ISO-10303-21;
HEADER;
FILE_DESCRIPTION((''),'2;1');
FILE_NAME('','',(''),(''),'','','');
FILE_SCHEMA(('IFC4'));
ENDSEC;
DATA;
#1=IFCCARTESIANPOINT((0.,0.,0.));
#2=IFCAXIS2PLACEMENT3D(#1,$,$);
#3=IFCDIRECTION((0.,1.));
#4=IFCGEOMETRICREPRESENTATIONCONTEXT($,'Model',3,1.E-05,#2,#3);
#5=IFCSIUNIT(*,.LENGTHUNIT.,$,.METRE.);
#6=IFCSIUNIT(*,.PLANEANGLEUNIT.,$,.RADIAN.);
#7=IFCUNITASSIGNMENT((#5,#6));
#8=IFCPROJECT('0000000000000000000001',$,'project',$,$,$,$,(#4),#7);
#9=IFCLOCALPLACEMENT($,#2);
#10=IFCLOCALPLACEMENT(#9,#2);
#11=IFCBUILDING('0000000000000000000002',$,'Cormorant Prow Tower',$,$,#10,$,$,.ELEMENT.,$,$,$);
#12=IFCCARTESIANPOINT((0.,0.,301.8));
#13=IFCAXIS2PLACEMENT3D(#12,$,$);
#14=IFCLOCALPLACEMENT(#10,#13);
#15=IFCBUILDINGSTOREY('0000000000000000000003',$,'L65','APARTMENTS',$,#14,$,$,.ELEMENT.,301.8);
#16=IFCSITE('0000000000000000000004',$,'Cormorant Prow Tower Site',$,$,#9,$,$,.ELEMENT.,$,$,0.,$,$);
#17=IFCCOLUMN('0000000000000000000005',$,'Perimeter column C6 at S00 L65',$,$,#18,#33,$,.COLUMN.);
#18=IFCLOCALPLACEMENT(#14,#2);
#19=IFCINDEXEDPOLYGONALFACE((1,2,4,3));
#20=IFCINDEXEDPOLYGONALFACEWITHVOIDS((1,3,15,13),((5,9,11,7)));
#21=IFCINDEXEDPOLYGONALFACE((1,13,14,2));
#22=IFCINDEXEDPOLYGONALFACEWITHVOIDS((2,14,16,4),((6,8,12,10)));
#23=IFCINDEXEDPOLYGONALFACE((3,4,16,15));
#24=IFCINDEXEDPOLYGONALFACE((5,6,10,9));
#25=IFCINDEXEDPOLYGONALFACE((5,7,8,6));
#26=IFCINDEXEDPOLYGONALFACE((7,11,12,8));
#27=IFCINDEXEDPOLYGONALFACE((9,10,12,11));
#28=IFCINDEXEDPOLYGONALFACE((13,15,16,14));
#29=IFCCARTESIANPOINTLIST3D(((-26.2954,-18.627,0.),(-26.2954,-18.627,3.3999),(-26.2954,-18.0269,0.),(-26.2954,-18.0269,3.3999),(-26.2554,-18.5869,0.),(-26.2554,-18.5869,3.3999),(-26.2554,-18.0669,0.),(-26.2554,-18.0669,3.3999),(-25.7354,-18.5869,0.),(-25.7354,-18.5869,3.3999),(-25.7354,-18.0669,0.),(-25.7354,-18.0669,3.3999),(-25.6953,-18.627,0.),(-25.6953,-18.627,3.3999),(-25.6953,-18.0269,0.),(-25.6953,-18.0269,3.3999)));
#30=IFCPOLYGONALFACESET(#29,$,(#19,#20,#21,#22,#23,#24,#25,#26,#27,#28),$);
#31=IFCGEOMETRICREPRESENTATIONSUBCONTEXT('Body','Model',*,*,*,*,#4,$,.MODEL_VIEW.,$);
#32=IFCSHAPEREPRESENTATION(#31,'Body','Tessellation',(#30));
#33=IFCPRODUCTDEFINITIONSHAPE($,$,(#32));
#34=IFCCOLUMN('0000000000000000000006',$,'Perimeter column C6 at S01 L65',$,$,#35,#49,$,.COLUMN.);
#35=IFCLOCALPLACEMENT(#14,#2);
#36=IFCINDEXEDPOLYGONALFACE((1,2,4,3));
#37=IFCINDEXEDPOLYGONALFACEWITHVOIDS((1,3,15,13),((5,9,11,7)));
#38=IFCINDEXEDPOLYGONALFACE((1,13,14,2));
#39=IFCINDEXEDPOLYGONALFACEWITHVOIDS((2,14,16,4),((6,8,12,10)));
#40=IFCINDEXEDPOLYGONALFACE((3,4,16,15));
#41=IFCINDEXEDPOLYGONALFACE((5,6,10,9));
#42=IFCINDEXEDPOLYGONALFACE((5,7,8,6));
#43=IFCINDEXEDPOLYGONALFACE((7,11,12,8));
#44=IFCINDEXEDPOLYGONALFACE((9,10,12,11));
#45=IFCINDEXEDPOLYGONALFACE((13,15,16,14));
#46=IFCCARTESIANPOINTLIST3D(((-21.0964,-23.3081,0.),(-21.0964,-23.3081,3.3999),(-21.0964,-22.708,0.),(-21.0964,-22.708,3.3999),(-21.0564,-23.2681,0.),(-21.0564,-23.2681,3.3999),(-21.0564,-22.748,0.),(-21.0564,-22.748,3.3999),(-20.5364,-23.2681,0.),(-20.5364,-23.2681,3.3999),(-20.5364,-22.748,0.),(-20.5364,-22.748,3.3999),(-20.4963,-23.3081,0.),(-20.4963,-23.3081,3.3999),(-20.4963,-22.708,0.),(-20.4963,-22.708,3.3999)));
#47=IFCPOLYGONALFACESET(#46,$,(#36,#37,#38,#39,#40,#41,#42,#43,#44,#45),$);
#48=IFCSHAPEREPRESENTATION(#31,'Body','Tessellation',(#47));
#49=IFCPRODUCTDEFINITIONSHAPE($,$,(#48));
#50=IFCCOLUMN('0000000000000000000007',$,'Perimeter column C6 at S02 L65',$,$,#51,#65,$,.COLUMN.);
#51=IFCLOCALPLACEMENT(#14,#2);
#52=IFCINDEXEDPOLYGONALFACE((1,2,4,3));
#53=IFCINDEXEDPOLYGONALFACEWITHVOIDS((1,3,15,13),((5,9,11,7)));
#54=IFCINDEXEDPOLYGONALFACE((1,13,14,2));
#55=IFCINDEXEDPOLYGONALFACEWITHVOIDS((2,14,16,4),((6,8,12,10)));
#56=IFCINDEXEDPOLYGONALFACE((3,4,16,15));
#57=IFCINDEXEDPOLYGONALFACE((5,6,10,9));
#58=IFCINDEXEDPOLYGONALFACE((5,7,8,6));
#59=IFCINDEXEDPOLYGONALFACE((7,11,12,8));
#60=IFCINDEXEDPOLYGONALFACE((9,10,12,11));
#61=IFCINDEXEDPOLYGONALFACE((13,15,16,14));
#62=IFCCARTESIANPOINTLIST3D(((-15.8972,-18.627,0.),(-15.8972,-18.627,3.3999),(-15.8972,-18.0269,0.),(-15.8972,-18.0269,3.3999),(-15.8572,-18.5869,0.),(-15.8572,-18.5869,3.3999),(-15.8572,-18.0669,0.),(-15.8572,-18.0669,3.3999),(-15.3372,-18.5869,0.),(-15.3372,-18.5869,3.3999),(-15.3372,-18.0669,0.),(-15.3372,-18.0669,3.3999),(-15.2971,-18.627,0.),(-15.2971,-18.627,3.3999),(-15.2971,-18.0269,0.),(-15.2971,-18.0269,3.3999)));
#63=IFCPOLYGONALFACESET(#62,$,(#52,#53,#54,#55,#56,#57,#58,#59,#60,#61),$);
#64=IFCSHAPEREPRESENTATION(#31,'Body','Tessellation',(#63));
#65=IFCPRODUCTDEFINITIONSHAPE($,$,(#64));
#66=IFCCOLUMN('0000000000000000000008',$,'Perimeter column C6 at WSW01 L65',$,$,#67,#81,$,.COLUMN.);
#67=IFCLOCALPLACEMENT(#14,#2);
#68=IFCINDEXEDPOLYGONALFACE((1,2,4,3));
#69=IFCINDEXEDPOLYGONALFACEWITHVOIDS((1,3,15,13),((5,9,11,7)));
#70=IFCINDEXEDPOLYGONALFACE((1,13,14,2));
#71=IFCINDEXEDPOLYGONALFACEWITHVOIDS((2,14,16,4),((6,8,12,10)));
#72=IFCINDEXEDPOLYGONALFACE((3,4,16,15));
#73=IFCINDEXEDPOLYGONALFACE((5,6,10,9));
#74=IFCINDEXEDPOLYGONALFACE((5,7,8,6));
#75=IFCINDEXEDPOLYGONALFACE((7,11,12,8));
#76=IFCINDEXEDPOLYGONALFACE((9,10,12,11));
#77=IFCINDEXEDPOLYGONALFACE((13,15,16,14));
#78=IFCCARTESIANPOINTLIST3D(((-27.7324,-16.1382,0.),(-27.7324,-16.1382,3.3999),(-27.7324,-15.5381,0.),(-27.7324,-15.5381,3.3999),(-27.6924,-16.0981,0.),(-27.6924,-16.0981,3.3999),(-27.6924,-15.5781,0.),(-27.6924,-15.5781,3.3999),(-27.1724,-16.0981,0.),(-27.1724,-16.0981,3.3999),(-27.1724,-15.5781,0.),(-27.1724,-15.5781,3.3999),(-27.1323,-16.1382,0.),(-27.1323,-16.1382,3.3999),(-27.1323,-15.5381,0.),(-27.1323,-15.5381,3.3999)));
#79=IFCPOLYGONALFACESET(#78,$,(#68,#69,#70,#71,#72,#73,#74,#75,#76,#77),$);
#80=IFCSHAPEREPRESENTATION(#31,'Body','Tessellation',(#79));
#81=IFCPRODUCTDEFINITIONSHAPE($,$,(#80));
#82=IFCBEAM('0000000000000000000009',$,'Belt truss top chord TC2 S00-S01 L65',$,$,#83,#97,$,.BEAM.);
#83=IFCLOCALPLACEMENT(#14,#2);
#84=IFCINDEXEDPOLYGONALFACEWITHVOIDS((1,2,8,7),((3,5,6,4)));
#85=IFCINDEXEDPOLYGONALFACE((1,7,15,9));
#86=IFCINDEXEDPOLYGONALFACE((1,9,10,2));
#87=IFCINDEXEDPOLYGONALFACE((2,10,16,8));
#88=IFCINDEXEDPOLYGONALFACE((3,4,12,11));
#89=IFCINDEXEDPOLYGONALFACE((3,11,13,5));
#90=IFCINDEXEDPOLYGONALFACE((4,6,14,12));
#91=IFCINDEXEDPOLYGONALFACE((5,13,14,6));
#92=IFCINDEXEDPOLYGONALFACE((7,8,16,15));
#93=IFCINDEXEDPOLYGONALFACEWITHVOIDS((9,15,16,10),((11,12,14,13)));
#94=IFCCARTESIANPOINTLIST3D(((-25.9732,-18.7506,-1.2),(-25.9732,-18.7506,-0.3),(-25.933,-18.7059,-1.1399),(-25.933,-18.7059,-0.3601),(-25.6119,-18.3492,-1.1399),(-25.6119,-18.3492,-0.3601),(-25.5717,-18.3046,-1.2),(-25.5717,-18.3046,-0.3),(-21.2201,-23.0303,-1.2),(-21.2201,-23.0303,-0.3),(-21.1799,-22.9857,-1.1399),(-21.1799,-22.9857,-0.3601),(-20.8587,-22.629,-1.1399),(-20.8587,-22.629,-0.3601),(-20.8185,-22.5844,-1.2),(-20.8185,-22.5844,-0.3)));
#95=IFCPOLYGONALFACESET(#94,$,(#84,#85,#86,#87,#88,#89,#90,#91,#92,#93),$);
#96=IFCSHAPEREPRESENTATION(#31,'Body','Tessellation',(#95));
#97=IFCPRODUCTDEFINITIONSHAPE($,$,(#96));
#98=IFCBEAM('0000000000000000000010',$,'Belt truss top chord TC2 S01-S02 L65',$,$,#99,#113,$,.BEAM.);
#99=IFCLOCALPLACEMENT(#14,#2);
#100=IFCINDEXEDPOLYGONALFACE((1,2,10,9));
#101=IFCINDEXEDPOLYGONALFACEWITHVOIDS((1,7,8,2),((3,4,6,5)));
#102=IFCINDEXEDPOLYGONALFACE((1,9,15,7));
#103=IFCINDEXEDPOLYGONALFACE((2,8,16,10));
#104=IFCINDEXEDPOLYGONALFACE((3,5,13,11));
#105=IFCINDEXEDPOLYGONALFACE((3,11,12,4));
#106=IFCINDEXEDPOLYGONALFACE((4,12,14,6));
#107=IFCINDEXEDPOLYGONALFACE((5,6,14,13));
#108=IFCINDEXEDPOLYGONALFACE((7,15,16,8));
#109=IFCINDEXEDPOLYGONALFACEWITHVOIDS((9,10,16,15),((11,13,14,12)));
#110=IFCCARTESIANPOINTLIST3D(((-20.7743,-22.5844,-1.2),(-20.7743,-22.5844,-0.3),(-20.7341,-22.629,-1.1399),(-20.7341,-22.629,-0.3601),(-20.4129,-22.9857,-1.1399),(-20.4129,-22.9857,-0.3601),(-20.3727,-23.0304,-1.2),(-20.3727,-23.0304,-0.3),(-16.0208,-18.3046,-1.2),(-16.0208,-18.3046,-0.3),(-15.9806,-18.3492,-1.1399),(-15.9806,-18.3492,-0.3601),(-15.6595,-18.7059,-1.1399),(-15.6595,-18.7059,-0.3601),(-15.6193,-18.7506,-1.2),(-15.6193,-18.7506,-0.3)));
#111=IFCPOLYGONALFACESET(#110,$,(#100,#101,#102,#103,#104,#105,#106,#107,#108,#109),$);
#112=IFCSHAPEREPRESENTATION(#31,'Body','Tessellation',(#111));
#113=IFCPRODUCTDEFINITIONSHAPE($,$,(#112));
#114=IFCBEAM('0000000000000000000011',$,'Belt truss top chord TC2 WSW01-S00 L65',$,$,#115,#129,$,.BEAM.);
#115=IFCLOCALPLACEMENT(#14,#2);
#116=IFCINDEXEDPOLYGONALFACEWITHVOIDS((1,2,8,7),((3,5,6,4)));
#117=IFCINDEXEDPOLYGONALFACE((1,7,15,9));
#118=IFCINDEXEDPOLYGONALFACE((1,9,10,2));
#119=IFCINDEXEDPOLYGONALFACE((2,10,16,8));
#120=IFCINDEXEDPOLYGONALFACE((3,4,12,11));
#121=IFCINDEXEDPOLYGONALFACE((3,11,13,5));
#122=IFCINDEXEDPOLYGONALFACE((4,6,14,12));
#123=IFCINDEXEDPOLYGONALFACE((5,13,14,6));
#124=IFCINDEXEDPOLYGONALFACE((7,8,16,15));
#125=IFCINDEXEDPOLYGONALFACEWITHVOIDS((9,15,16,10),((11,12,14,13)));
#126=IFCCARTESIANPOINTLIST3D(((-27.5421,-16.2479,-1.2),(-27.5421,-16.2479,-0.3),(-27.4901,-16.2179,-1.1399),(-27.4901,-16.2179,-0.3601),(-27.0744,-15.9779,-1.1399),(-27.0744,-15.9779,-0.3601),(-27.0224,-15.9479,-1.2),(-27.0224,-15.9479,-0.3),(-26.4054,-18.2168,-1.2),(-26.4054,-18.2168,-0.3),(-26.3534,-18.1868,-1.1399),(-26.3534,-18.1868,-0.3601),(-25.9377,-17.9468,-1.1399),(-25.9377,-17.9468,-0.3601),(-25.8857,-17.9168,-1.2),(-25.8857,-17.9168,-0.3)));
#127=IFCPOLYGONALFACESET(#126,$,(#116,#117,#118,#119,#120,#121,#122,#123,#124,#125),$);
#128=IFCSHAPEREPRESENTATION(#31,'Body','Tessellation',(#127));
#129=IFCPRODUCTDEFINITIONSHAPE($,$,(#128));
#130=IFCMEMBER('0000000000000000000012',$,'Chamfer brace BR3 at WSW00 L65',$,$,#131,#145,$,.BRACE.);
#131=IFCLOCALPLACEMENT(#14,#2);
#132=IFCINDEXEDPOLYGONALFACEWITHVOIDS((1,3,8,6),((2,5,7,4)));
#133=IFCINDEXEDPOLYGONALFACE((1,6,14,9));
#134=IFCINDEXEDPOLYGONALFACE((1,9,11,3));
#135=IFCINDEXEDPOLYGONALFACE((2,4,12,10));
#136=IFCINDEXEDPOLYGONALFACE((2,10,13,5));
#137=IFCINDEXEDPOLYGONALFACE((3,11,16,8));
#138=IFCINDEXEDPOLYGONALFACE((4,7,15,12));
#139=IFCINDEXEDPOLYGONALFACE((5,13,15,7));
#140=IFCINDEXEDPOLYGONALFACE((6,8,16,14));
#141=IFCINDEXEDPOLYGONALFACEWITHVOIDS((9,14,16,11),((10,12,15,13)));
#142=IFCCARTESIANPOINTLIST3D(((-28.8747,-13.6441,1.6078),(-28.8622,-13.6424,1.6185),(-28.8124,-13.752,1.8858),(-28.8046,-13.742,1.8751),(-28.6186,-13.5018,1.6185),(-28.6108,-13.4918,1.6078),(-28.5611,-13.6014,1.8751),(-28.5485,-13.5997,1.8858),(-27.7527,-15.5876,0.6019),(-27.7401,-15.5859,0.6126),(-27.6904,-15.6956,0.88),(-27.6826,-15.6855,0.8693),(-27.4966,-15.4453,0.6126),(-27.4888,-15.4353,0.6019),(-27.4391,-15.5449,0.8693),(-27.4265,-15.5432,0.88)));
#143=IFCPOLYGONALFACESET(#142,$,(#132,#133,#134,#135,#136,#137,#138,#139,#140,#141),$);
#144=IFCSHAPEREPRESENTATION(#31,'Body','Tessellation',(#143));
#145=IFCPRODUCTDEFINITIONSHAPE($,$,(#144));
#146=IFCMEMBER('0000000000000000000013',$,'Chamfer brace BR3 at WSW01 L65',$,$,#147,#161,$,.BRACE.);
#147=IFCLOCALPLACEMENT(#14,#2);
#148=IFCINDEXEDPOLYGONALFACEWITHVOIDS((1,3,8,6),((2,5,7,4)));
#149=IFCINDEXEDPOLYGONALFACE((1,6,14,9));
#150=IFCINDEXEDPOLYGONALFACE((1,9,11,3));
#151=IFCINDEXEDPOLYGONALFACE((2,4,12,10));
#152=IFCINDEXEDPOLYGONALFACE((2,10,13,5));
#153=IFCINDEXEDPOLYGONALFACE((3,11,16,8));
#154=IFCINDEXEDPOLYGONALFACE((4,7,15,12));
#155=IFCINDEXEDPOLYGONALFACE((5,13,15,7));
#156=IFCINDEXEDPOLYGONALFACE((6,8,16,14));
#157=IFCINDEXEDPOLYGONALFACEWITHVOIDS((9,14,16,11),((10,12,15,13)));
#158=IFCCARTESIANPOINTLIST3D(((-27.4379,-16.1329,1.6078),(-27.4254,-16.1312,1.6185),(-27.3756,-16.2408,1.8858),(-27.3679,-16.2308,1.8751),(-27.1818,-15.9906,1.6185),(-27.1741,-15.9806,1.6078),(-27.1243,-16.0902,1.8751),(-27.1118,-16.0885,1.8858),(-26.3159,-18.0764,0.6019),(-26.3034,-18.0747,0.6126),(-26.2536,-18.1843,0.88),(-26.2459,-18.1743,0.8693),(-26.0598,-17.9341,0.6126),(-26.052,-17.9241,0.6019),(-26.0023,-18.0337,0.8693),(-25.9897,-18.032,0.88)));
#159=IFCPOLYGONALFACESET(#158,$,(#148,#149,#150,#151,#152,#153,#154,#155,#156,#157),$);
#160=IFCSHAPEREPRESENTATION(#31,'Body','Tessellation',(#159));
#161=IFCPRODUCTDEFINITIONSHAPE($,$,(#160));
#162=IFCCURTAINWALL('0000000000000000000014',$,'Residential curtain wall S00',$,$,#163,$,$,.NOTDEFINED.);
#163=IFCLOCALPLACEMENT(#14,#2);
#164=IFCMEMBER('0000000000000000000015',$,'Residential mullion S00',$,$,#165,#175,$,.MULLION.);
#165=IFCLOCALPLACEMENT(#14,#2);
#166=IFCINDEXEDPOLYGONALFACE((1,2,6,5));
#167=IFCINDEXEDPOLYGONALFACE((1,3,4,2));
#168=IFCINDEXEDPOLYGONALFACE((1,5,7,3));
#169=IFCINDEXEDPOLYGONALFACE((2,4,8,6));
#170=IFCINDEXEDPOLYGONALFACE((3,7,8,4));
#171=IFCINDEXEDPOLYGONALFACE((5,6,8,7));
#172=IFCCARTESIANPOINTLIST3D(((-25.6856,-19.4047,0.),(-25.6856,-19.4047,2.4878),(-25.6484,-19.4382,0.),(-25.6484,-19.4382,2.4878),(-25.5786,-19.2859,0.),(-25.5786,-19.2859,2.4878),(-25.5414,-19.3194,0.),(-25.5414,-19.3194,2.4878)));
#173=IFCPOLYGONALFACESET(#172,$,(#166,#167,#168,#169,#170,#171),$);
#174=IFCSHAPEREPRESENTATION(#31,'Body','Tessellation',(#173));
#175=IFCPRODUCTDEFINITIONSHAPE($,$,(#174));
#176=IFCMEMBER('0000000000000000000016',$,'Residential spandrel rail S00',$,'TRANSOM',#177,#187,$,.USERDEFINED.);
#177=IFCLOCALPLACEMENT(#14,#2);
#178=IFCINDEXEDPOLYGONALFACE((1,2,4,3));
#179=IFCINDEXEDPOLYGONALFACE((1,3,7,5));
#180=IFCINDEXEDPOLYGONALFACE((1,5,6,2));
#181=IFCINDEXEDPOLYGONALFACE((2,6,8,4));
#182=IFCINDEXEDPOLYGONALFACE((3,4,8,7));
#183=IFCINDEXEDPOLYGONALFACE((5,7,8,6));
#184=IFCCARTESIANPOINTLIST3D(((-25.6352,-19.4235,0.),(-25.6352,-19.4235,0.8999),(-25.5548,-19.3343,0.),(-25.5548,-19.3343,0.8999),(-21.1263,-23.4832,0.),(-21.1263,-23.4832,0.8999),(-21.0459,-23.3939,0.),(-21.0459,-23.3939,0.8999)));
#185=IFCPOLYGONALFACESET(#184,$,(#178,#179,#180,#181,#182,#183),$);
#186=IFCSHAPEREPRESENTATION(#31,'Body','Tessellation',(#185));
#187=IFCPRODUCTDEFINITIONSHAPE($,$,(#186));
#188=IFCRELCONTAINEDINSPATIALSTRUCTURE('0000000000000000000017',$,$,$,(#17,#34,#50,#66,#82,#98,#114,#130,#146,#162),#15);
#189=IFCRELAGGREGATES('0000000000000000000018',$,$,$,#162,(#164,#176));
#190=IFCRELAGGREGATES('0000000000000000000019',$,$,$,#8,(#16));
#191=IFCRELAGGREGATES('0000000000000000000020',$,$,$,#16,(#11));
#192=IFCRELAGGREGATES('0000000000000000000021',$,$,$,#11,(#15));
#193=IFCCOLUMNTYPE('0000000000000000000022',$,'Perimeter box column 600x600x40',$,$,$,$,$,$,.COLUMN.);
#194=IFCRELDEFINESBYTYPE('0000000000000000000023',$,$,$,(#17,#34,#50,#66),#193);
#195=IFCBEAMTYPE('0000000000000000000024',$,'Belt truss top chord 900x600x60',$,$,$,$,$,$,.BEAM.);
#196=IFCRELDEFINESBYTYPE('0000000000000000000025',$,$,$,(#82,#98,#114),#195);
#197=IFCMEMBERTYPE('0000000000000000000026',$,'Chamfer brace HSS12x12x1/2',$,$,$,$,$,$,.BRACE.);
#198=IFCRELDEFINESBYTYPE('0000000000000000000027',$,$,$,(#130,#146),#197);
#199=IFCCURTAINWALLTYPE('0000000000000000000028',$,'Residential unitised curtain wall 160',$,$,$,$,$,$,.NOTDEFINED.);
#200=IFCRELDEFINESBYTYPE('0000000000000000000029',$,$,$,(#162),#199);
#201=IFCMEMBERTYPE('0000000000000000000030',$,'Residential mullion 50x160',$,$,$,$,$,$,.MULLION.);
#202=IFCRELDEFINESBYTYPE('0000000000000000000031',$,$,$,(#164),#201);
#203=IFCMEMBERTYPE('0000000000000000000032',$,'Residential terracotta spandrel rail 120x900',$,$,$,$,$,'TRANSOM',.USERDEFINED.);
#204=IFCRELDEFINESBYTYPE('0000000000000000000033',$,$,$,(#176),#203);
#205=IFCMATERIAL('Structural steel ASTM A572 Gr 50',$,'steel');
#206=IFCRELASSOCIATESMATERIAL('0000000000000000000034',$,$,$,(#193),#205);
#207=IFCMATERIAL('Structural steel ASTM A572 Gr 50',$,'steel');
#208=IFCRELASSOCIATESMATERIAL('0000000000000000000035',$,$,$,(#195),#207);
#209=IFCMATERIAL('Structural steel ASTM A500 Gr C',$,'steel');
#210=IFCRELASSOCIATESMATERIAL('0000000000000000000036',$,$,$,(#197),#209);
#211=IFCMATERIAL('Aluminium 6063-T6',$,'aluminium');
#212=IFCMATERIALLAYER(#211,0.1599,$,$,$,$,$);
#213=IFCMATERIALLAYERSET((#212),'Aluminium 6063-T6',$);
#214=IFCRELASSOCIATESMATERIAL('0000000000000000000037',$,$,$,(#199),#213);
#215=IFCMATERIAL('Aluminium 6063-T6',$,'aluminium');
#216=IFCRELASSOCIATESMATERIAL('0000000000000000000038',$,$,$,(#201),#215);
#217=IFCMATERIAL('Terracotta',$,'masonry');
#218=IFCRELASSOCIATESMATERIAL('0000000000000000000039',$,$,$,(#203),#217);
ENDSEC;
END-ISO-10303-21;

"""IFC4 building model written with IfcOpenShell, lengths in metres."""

from ifc_helpers import new_model, si_unit, direction, frame, origin, origin_2d, place, context, subcontext, project, spatial, rectangle, hollow_rectangle, extrude, material, layer, layer_set, material_profile, profile_set, type_object, element, aggregate, save


model = new_model("IFC4")

# Units and contexts
model_context = context("Model", 3, precision=1e-05, world=origin(), true_north=direction((0.0, 1.0)))
body_context = subcontext(model_context, "Body", "Model", "MODEL_VIEW")
ifc_project = project(units=[si_unit("LENGTHUNIT", "METRE"), si_unit("PLANEANGLEUNIT", "RADIAN")], contexts=[model_context])

# Site, building, storey
site_placement = place(None, origin())
site = spatial("IfcSite", under=ifc_project, at=site_placement, Name="Cormorant Prow Tower Site", CompositionType="ELEMENT", RefElevation=0.0)
building_placement = place(site_placement, origin())
building = spatial("IfcBuilding", under=site, at=building_placement, Name="Cormorant Prow Tower", CompositionType="ELEMENT")
storey_placement = place(building_placement, frame((0.0, 0.0, 301.8)))
storey = spatial("IfcBuildingStorey", under=building, at=storey_placement, Name="L65", Description="APARTMENTS", CompositionType="ELEMENT", Elevation=301.8)

# Columns
ifc_material_1 = material(Name="Structural steel ASTM A572 Gr 50", Category="steel")
ifc_material_profile_1 = material_profile(ifc_material_1, hollow_rectangle(XDim=0.6001, YDim=0.6001, WallThickness=0.04, at=origin_2d()), Name="Box 600x600x40")
ifc_profile_set_1 = profile_set([ifc_material_profile_1], Name="Structural steel ASTM A572 Gr 50")
column_type = type_object("IfcColumnType", Name="Perimeter box column 600x600x40", PredefinedType="COLUMN", material=ifc_profile_set_1)
for number, where, z_axis, x_axis, name in (
    (1, (-25.9954, -18.3269, 0.0), (0.0, 0.0, 1.0), (1.0, 0.0, 0.0), "Perimeter column C6 at S00 L65"),
    (2, (-20.7964, -23.0081, 0.0), (0.0, 0.0, 1.0), (1.0, 0.0, 0.0), "Perimeter column C6 at S01 L65"),
    (3, (-15.5972, -18.3269, 0.0), (0.0, 0.0, 1.0), (1.0, 0.0, 0.0), "Perimeter column C6 at S02 L65"),
    (4, (-27.4324, -15.8381, 0.0), (0.0, 0.0, 1.0), (1.0, 0.0, 0.0), "Perimeter column C6 at WSW01 L65"),
):
    element("IfcColumn", number, at=place(storey_placement, frame(where, z_axis=z_axis, x_axis=x_axis)), inside=storey, type_object=column_type, Name=name, PredefinedType="COLUMN", context=body_context, shape_type="SweptSolid", body=[
        extrude(hollow_rectangle(XDim=0.6001, YDim=0.6001, WallThickness=0.04, at=origin_2d()), origin(), (0.0, 0.0, 1.0), 3.3999),
    ])

# Beams
ifc_material_2 = material(Name="Structural steel ASTM A572 Gr 50", Category="steel")
ifc_material_profile_2 = material_profile(ifc_material_2, hollow_rectangle(XDim=0.6001, YDim=0.8999, WallThickness=0.0601, at=origin_2d()), Name="Box 900x600x60")
ifc_profile_set_2 = profile_set([ifc_material_profile_2], Name="Structural steel ASTM A572 Gr 50")
beam_type = type_object("IfcBeamType", Name="Belt truss top chord 900x600x60", PredefinedType="BEAM", material=ifc_profile_set_2)
beam_1_placement = place(storey_placement, frame((-25.7725, -18.5276, -0.75), z_axis=(0.743144, -0.669131, 0.0), x_axis=(0.669131, 0.743144, 0.0)))
element("IfcBeam", 5, at=beam_1_placement, inside=storey, type_object=beam_type, Name="Belt truss top chord TC2 S00-S01 L65", PredefinedType="BEAM", context=body_context, shape_type="SweptSolid", body=[
    extrude(hollow_rectangle(XDim=0.6001, YDim=0.8999, WallThickness=0.0601, at=origin_2d()), origin(), (0.0, 0.0, 1.0), 6.396),
])
beam_2_placement = place(storey_placement, frame((-20.5735, -22.8074, -0.75), z_axis=(0.743161, 0.669112, 0.0), x_axis=(-0.669112, 0.743161, 0.0)))
element("IfcBeam", 6, at=beam_2_placement, inside=storey, type_object=beam_type, Name="Belt truss top chord TC2 S01-S02 L65", PredefinedType="BEAM", context=body_context, shape_type="SweptSolid", body=[
    extrude(hollow_rectangle(XDim=0.6001, YDim=0.8999, WallThickness=0.0601, at=origin_2d()), origin(), (0.0, 0.0, 1.0), 6.3962),
])
beam_3_placement = place(storey_placement, frame((-27.2822, -16.0979, -0.75), z_axis=(0.499973, -0.866041, 0.0), x_axis=(0.866041, 0.499973, 0.0)))
element("IfcBeam", 7, at=beam_3_placement, inside=storey, type_object=beam_type, Name="Belt truss top chord TC2 WSW01-S00 L65", PredefinedType="BEAM", context=body_context, shape_type="SweptSolid", body=[
    extrude(hollow_rectangle(XDim=0.6001, YDim=0.8999, WallThickness=0.0601, at=origin_2d()), origin(), (0.0, 0.0, 1.0), 2.2734),
])

# Members
ifc_material_3 = material(Name="Structural steel ASTM A500 Gr C", Category="steel")
ifc_material_profile_3 = material_profile(ifc_material_3, hollow_rectangle(XDim=0.3047, YDim=0.3047, WallThickness=0.0117, at=origin_2d()), Name="HSS12x12x1/2")
ifc_profile_set_3 = profile_set([ifc_material_profile_3], Name="Structural steel ASTM A500 Gr C")
member_type_1 = type_object("IfcMemberType", Name="Chamfer brace HSS12x12x1/2", PredefinedType="BRACE", material=ifc_profile_set_3)
for number, where, z_axis, x_axis, name in (
    (8, (-27.5896, -15.5654, 0.741), (-0.456247, 0.790292, 0.408994), (-0.866039, -0.499977, 0.0), "Chamfer brace BR3 at WSW00 L65"),
    (9, (-26.1528, -18.0542, 0.741), (-0.456247, 0.790292, 0.408994), (-0.866039, -0.499977, 0.0), "Chamfer brace BR3 at WSW01 L65"),
):
    element("IfcMember", number, at=place(storey_placement, frame(where, z_axis=z_axis, x_axis=x_axis)), inside=storey, type_object=member_type_1, Name=name, PredefinedType="BRACE", context=body_context, shape_type="SweptSolid", body=[
        extrude(hollow_rectangle(XDim=0.3047, YDim=0.3047, WallThickness=0.0117, at=origin_2d()), origin(), (0.0, 0.0, 1.0), 2.4592),
    ])

# Curtain wall, members
ifc_material_4 = material(Name="Aluminium 6063-T6", Category="aluminium")
ifc_layer_1 = layer(ifc_material_4, 0.1599)
ifc_layer_set_1 = layer_set([ifc_layer_1], Name="Aluminium 6063-T6")
curtain_wall_type = type_object("IfcCurtainWallType", Name="Residential unitised curtain wall 160", PredefinedType="NOTDEFINED", material=ifc_layer_set_1)
curtain_wall_placement = place(storey_placement, origin())
curtain_wall = element("IfcCurtainWall", 10, at=curtain_wall_placement, inside=storey, type_object=curtain_wall_type, Name="Residential curtain wall S00", PredefinedType="NOTDEFINED")
ifc_material_5 = material(Name="Aluminium 6063-T6", Category="aluminium")
ifc_material_profile_4 = material_profile(ifc_material_5, rectangle(XDim=0.1599, YDim=0.05, at=origin_2d()), Name="Residential mullion 50x160")
ifc_profile_set_4 = profile_set([ifc_material_profile_4], Name="Aluminium 6063-T6")
member_type_2 = type_object("IfcMemberType", Name="Residential mullion 50x160", PredefinedType="MULLION", material=ifc_profile_set_4)
member_1_placement = place(storey_placement, frame((-25.6135, -19.3621, 0.0), z_axis=(0.0, 0.0, 1.0), x_axis=(0.669131, 0.743145, 0.0)))
member_1 = element("IfcMember", 11, at=member_1_placement, type_object=member_type_2, Name="Residential mullion S00", PredefinedType="MULLION", context=body_context, shape_type="SweptSolid", body=[
    extrude(rectangle(XDim=0.1599, YDim=0.05, at=origin_2d()), origin(), (0.0, 0.0, 1.0), 2.4878),
])
ifc_material_6 = material(Name="Terracotta", Category="masonry")
ifc_material_profile_5 = material_profile(ifc_material_6, rectangle(XDim=0.1201, YDim=0.8999, at=origin_2d()), Name="Residential terracotta spandrel rail 120x900")
ifc_profile_set_5 = profile_set([ifc_material_profile_5], Name="Terracotta")
member_type_3 = type_object("IfcMemberType", Name="Residential terracotta spandrel rail 120x900", ElementType="TRANSOM", PredefinedType="USERDEFINED", material=ifc_profile_set_5)
member_2_placement = place(storey_placement, frame((-25.595, -19.3789, 0.45), z_axis=(0.743158, -0.669116, 0.0), x_axis=(0.669116, 0.743158, 0.0)))
member_2 = element("IfcMember", 12, at=member_2_placement, type_object=member_type_3, Name="Residential spandrel rail S00", ObjectType="TRANSOM", PredefinedType="USERDEFINED", context=body_context, shape_type="SweptSolid", body=[
    extrude(rectangle(XDim=0.1201, YDim=0.8999, at=origin_2d()), origin(), (0.0, 0.0, 1.0), 6.0671),
])
aggregate(curtain_wall, [member_1, member_2])

save(model, "model.ifc")
